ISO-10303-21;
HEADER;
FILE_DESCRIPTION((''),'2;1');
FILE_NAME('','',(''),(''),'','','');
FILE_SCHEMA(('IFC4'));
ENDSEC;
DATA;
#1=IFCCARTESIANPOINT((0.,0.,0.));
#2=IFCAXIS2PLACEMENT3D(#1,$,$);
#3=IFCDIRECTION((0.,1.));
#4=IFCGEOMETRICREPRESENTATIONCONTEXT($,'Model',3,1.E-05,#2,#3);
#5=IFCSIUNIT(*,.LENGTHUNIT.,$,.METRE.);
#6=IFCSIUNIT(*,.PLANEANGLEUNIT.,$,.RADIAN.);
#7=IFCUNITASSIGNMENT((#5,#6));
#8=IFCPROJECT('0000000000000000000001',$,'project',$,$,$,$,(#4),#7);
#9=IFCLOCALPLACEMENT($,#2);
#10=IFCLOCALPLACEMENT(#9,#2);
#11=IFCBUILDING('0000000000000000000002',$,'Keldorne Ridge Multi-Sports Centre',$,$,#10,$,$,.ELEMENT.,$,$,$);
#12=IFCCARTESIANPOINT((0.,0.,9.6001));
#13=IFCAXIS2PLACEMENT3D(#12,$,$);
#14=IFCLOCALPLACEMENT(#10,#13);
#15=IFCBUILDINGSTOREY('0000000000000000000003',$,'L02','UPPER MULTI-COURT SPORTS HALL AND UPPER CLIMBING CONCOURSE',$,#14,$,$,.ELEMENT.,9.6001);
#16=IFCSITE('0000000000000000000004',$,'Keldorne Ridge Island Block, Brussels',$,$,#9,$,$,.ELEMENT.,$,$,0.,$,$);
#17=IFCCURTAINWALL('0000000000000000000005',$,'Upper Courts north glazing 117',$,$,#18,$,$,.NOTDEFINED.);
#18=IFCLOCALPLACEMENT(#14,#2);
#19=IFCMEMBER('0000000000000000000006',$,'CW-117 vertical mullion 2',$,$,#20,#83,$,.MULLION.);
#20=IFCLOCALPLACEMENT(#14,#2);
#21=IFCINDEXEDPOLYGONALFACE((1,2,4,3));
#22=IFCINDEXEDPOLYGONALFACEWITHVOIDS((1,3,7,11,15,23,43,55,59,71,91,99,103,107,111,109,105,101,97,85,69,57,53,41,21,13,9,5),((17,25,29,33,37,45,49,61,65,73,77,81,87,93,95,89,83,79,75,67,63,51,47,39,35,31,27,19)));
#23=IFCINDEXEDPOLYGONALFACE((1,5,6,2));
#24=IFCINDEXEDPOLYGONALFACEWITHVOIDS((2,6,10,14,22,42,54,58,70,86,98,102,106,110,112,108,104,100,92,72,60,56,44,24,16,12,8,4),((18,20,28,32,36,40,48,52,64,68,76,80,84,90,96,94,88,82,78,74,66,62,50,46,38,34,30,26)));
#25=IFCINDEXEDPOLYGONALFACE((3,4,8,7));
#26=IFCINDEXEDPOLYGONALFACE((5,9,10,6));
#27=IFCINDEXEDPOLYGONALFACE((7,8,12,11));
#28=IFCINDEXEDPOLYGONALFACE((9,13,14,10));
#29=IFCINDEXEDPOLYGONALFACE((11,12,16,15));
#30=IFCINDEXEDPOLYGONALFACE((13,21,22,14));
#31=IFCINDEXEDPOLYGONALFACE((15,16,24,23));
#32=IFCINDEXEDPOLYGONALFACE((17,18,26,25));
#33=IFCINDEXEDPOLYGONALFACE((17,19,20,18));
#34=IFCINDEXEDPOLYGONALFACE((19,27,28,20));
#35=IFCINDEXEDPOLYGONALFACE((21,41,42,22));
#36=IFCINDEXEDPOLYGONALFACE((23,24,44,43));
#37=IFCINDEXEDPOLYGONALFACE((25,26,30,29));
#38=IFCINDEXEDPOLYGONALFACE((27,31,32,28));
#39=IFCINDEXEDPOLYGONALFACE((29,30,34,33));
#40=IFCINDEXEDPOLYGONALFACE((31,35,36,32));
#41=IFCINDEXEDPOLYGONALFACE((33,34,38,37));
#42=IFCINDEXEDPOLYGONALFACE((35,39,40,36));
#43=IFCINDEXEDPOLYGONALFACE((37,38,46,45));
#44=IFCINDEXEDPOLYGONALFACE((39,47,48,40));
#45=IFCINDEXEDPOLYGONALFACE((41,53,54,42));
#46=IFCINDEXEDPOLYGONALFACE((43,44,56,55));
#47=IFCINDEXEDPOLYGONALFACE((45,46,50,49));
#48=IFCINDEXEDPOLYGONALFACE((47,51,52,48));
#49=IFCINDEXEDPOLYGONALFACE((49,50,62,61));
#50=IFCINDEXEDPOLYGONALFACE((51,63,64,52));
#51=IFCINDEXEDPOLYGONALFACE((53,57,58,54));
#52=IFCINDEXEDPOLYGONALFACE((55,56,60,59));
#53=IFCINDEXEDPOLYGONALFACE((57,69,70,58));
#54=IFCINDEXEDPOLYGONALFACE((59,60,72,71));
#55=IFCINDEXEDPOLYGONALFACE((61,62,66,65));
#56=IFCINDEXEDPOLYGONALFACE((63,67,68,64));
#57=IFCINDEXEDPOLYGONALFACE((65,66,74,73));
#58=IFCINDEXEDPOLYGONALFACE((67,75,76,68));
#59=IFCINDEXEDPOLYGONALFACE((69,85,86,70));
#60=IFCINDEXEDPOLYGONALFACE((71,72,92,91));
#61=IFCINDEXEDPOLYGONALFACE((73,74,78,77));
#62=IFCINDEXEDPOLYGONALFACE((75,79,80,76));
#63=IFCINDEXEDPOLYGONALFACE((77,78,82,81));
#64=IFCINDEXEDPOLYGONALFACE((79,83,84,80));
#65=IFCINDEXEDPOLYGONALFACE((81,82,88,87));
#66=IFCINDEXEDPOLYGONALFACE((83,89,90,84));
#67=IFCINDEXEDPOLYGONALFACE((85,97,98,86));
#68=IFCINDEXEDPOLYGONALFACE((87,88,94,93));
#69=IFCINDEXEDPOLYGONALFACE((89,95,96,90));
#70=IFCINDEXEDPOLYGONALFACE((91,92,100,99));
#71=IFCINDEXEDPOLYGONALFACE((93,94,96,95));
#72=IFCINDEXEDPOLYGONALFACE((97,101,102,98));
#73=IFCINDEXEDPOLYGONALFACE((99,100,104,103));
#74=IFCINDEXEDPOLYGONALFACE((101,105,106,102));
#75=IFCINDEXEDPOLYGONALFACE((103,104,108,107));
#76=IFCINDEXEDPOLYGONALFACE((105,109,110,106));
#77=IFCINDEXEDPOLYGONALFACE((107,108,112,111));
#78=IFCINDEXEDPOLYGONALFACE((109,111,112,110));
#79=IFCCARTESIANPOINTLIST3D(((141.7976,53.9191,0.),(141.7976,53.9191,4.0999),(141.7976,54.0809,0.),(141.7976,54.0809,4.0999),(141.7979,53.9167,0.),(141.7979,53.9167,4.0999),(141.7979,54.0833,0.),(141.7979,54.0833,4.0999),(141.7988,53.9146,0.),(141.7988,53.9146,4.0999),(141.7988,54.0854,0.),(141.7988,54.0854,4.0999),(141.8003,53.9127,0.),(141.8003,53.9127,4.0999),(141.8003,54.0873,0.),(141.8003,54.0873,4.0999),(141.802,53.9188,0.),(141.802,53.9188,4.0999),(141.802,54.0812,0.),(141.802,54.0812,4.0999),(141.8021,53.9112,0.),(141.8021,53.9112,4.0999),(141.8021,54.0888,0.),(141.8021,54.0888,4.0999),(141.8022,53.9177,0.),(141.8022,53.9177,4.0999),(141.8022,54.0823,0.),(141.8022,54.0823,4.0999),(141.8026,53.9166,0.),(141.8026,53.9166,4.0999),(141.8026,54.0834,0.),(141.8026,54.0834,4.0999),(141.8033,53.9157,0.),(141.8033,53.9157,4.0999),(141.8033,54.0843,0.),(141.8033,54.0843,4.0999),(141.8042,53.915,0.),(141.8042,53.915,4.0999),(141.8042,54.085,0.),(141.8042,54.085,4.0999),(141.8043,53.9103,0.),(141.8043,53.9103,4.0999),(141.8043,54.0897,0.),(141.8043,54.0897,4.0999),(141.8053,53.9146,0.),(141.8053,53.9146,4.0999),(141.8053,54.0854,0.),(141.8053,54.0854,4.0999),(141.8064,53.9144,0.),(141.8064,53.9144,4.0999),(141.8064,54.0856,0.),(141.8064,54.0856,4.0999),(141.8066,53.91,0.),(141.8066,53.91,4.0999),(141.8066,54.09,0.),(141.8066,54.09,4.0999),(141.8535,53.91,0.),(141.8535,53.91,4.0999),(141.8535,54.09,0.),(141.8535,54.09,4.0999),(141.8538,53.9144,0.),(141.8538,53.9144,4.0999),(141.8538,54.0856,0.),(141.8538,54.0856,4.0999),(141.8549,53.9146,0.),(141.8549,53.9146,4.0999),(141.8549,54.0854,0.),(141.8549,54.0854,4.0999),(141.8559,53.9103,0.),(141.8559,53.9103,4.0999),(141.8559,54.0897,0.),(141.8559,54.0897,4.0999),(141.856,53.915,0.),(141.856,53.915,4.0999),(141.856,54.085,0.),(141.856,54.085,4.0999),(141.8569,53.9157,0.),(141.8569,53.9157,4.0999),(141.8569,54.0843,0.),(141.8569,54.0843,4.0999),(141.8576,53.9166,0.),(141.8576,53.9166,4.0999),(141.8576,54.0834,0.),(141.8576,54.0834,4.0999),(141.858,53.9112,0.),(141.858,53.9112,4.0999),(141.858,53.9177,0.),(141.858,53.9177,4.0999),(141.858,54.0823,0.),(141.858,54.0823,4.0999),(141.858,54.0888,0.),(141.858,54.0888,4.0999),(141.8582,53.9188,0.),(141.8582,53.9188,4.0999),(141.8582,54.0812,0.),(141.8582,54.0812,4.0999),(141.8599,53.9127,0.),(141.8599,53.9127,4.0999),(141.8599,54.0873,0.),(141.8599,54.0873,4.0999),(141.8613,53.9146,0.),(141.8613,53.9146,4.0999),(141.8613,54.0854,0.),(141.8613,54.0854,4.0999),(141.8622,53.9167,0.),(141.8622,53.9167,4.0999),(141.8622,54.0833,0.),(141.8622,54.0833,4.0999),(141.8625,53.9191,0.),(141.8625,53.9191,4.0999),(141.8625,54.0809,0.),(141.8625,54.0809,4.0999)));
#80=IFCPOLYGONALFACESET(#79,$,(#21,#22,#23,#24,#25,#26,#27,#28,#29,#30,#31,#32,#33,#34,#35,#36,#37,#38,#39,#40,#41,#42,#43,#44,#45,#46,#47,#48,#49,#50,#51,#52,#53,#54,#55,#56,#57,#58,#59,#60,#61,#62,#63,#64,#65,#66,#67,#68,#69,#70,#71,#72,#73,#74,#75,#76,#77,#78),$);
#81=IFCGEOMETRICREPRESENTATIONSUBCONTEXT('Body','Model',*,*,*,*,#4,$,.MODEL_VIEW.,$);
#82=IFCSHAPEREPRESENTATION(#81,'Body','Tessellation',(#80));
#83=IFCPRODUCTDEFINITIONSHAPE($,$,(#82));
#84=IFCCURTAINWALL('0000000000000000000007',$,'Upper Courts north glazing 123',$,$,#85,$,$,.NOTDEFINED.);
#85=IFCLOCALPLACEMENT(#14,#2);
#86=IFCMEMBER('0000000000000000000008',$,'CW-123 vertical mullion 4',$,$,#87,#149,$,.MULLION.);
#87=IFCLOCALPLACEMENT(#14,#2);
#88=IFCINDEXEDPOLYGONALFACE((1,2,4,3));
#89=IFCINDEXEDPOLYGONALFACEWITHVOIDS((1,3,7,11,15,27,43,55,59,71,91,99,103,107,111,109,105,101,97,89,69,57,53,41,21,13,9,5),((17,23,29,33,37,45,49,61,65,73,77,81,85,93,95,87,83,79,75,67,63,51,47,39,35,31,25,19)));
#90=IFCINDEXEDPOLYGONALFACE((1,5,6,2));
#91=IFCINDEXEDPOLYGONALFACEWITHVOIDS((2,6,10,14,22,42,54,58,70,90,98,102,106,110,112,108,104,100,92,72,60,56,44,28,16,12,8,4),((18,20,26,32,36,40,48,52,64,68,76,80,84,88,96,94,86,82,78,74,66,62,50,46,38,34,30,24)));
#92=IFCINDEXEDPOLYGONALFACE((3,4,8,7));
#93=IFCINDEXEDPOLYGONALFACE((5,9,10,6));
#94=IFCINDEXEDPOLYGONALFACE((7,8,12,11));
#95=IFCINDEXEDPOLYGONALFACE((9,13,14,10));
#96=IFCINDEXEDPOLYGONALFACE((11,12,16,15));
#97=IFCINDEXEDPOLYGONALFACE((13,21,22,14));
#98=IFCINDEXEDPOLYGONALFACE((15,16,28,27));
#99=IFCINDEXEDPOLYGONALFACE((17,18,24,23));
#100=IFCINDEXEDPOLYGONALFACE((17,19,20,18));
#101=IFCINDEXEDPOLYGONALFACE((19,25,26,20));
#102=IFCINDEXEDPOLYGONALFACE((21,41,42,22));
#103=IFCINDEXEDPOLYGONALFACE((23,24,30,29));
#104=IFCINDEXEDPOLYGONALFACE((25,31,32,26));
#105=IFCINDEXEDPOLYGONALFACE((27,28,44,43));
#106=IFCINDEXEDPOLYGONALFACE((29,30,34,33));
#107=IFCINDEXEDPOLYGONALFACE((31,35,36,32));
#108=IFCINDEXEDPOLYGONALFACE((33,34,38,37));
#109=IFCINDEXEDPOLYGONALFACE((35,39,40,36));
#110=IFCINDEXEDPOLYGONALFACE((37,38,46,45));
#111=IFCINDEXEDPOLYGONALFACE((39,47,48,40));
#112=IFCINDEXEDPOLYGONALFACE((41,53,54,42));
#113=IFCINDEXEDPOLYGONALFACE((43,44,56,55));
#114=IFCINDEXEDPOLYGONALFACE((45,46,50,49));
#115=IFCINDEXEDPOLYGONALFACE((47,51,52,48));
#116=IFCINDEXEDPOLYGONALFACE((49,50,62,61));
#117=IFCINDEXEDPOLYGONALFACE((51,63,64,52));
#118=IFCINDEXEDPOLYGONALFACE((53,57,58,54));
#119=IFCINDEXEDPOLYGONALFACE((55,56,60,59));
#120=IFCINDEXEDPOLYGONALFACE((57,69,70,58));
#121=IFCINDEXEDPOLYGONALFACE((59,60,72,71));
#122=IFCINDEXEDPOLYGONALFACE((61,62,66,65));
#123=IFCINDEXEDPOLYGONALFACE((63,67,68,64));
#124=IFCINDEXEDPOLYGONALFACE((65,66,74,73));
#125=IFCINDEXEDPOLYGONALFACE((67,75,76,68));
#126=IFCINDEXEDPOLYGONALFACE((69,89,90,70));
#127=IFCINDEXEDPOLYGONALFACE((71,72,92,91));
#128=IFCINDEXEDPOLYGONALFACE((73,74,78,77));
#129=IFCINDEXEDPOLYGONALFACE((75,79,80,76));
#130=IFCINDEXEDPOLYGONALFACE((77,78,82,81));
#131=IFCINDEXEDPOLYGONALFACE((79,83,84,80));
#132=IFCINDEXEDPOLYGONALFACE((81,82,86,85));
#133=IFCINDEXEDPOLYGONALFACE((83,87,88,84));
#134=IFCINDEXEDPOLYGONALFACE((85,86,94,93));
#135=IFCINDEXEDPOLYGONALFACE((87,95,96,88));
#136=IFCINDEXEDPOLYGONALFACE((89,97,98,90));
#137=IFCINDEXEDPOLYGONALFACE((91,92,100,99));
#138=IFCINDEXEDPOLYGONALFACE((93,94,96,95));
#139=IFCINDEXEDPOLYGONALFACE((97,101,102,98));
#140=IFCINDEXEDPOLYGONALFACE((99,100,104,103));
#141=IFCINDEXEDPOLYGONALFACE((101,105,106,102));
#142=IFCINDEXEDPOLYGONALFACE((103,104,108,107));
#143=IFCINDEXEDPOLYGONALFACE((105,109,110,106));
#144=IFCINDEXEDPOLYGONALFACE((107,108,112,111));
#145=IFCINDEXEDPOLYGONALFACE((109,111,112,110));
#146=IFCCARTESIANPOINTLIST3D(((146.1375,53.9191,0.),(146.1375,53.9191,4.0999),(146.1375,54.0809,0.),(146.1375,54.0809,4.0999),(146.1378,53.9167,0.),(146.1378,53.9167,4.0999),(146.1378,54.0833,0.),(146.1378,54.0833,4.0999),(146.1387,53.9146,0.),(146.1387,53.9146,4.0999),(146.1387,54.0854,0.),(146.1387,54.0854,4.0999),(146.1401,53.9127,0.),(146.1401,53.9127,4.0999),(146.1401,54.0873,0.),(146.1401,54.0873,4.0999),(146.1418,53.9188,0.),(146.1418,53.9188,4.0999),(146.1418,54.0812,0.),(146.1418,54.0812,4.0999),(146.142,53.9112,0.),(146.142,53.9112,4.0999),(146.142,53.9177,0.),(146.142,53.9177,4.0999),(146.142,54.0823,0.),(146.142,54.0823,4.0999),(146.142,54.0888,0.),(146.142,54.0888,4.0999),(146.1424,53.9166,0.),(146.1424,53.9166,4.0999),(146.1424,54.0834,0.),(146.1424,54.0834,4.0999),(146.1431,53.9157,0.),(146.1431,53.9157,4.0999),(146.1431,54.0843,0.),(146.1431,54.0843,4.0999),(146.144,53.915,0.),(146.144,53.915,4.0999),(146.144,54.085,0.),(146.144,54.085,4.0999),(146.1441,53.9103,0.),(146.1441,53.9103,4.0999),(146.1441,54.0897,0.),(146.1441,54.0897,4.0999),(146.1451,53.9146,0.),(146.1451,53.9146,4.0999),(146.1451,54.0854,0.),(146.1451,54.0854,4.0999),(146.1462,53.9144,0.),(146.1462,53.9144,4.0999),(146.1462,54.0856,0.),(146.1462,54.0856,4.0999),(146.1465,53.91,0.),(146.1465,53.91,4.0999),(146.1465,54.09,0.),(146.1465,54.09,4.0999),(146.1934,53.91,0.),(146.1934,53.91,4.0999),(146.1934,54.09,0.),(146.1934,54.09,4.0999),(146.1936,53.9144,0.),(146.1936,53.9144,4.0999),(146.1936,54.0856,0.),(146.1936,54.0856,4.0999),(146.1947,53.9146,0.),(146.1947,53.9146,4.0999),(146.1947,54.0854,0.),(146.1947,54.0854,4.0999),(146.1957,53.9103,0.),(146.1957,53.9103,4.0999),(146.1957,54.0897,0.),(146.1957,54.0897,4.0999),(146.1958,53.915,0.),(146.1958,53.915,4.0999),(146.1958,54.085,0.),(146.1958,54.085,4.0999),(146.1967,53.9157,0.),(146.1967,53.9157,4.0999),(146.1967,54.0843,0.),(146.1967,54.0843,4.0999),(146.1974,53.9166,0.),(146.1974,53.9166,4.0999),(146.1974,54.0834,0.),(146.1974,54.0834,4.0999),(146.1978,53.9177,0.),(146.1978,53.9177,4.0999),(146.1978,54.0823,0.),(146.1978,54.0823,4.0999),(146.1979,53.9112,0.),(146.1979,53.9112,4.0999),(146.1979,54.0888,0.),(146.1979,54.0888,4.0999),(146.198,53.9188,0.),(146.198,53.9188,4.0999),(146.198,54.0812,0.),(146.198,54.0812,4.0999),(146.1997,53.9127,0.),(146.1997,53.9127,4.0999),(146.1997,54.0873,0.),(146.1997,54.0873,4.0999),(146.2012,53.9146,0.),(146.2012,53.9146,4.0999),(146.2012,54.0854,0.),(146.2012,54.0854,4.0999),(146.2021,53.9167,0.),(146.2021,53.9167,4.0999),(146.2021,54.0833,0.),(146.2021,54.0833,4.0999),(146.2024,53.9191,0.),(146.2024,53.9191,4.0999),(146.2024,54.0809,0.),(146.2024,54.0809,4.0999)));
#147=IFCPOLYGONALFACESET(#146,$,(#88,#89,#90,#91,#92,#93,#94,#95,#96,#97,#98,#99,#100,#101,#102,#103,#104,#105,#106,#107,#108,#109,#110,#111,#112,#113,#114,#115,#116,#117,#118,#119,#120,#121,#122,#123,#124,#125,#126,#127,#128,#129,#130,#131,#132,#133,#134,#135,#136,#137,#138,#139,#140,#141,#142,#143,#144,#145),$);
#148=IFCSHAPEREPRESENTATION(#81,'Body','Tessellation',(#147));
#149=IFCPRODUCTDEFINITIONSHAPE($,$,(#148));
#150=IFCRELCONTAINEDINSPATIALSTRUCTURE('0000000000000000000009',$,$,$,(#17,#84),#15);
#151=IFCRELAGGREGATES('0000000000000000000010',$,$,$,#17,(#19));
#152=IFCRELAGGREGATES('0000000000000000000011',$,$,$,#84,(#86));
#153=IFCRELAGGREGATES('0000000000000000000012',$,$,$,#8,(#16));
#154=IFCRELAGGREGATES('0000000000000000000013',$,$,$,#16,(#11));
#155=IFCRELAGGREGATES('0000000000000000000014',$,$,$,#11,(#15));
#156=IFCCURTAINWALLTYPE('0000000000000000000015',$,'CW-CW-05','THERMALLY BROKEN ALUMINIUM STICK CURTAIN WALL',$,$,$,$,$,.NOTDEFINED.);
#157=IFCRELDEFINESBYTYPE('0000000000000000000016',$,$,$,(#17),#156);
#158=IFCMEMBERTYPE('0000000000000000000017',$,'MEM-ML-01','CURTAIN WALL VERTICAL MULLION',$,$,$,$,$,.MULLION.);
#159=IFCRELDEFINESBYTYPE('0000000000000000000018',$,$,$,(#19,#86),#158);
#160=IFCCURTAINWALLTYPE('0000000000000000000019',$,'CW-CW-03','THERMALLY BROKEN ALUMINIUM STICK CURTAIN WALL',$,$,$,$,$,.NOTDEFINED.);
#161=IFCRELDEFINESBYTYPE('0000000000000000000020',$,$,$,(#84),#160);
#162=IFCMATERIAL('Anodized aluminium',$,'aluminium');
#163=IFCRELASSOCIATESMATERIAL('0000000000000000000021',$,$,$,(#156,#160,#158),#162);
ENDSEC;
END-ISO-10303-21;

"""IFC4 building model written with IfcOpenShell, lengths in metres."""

from ifc_helpers import new_model, si_unit, direction, frame, origin, origin_2d, place, context, subcontext, project, spatial, hollow_rectangle, extrude, material, material_profile, profile_set, type_object, element, aggregate, save


model = new_model("IFC4")

# Units and contexts
model_context = context("Model", 3, precision=1e-05, world=origin(), true_north=direction((0.0, 1.0)))
body_context = subcontext(model_context, "Body", "Model", "MODEL_VIEW")
ifc_project = project(units=[si_unit("LENGTHUNIT", "METRE"), si_unit("PLANEANGLEUNIT", "RADIAN")], contexts=[model_context])

# Site, building, storey
site_placement = place(None, origin())
site = spatial("IfcSite", under=ifc_project, at=site_placement, Name="Keldorne Ridge Island Block, Brussels", CompositionType="ELEMENT", RefElevation=0.0)
building_placement = place(site_placement, origin())
building = spatial("IfcBuilding", under=site, at=building_placement, Name="Keldorne Ridge Multi-Sports Centre", CompositionType="ELEMENT")
storey_placement = place(building_placement, frame((0.0, 0.0, 9.6001)))
storey = spatial("IfcBuildingStorey", under=building, at=storey_placement, Name="L02", Description="UPPER MULTI-COURT SPORTS HALL AND UPPER CLIMBING CONCOURSE", CompositionType="ELEMENT", Elevation=9.6001)

# Curtain walls, members
ifc_material_1 = material(Name="Anodized aluminium", Category="aluminium")
curtain_wall_type_1 = type_object("IfcCurtainWallType", Name="CW-CW-05", Description="THERMALLY BROKEN ALUMINIUM STICK CURTAIN WALL", PredefinedType="NOTDEFINED", material=ifc_material_1)
curtain_wall_1_placement = place(storey_placement, origin())
curtain_wall_1 = element("IfcCurtainWall", 1, at=curtain_wall_1_placement, inside=storey, type_object=curtain_wall_type_1, Name="Upper Courts north glazing 117", PredefinedType="NOTDEFINED")
ifc_material_profile_1 = material_profile(ifc_material_1, hollow_rectangle(XDim=0.0649, YDim=0.1799, WallThickness=0.0044, InnerFilletRadius=0.0044, OuterFilletRadius=0.009, at=origin_2d()), Name="ALU MULLION 180x65x4.5")
ifc_profile_set_1 = profile_set([ifc_material_profile_1], Name="Anodized aluminium")
member_type_1 = type_object("IfcMemberType", Name="MEM-ML-01", Description="CURTAIN WALL VERTICAL MULLION", PredefinedType="MULLION", material=ifc_profile_set_1)
member_1_placement = place(storey_placement, frame((141.8301, 54.0, 0.0), z_axis=(0.0, 0.0, 1.0), x_axis=(1.0, 0.0, 0.0)))
member_1 = element("IfcMember", 2, at=member_1_placement, type_object=member_type_1, Name="CW-117 vertical mullion 2", PredefinedType="MULLION", context=body_context, shape_type="SweptSolid", body=[
    extrude(hollow_rectangle(XDim=0.0649, YDim=0.1799, WallThickness=0.0044, InnerFilletRadius=0.0044, OuterFilletRadius=0.009, at=origin_2d()), origin(), (0.0, 0.0, 1.0), 4.0999),
])
curtain_wall_type_2 = type_object("IfcCurtainWallType", Name="CW-CW-03", Description="THERMALLY BROKEN ALUMINIUM STICK CURTAIN WALL", PredefinedType="NOTDEFINED", material=ifc_material_1)
curtain_wall_2_placement = place(storey_placement, origin())
curtain_wall_2 = element("IfcCurtainWall", 3, at=curtain_wall_2_placement, inside=storey, type_object=curtain_wall_type_2, Name="Upper Courts north glazing 123", PredefinedType="NOTDEFINED")
member_2_placement = place(storey_placement, frame((146.1699, 54.0, 0.0), z_axis=(0.0, 0.0, 1.0), x_axis=(1.0, 0.0, 0.0)))
member_2 = element("IfcMember", 4, at=member_2_placement, type_object=member_type_1, Name="CW-123 vertical mullion 4", PredefinedType="MULLION", context=body_context, shape_type="SweptSolid", body=[
    extrude(hollow_rectangle(XDim=0.0649, YDim=0.1799, WallThickness=0.0044, InnerFilletRadius=0.0044, OuterFilletRadius=0.009, at=origin_2d()), origin(), (0.0, 0.0, 1.0), 4.0999),
])

aggregate(curtain_wall_1, [member_1])
aggregate(curtain_wall_2, [member_2])

save(model, "model.ifc")
